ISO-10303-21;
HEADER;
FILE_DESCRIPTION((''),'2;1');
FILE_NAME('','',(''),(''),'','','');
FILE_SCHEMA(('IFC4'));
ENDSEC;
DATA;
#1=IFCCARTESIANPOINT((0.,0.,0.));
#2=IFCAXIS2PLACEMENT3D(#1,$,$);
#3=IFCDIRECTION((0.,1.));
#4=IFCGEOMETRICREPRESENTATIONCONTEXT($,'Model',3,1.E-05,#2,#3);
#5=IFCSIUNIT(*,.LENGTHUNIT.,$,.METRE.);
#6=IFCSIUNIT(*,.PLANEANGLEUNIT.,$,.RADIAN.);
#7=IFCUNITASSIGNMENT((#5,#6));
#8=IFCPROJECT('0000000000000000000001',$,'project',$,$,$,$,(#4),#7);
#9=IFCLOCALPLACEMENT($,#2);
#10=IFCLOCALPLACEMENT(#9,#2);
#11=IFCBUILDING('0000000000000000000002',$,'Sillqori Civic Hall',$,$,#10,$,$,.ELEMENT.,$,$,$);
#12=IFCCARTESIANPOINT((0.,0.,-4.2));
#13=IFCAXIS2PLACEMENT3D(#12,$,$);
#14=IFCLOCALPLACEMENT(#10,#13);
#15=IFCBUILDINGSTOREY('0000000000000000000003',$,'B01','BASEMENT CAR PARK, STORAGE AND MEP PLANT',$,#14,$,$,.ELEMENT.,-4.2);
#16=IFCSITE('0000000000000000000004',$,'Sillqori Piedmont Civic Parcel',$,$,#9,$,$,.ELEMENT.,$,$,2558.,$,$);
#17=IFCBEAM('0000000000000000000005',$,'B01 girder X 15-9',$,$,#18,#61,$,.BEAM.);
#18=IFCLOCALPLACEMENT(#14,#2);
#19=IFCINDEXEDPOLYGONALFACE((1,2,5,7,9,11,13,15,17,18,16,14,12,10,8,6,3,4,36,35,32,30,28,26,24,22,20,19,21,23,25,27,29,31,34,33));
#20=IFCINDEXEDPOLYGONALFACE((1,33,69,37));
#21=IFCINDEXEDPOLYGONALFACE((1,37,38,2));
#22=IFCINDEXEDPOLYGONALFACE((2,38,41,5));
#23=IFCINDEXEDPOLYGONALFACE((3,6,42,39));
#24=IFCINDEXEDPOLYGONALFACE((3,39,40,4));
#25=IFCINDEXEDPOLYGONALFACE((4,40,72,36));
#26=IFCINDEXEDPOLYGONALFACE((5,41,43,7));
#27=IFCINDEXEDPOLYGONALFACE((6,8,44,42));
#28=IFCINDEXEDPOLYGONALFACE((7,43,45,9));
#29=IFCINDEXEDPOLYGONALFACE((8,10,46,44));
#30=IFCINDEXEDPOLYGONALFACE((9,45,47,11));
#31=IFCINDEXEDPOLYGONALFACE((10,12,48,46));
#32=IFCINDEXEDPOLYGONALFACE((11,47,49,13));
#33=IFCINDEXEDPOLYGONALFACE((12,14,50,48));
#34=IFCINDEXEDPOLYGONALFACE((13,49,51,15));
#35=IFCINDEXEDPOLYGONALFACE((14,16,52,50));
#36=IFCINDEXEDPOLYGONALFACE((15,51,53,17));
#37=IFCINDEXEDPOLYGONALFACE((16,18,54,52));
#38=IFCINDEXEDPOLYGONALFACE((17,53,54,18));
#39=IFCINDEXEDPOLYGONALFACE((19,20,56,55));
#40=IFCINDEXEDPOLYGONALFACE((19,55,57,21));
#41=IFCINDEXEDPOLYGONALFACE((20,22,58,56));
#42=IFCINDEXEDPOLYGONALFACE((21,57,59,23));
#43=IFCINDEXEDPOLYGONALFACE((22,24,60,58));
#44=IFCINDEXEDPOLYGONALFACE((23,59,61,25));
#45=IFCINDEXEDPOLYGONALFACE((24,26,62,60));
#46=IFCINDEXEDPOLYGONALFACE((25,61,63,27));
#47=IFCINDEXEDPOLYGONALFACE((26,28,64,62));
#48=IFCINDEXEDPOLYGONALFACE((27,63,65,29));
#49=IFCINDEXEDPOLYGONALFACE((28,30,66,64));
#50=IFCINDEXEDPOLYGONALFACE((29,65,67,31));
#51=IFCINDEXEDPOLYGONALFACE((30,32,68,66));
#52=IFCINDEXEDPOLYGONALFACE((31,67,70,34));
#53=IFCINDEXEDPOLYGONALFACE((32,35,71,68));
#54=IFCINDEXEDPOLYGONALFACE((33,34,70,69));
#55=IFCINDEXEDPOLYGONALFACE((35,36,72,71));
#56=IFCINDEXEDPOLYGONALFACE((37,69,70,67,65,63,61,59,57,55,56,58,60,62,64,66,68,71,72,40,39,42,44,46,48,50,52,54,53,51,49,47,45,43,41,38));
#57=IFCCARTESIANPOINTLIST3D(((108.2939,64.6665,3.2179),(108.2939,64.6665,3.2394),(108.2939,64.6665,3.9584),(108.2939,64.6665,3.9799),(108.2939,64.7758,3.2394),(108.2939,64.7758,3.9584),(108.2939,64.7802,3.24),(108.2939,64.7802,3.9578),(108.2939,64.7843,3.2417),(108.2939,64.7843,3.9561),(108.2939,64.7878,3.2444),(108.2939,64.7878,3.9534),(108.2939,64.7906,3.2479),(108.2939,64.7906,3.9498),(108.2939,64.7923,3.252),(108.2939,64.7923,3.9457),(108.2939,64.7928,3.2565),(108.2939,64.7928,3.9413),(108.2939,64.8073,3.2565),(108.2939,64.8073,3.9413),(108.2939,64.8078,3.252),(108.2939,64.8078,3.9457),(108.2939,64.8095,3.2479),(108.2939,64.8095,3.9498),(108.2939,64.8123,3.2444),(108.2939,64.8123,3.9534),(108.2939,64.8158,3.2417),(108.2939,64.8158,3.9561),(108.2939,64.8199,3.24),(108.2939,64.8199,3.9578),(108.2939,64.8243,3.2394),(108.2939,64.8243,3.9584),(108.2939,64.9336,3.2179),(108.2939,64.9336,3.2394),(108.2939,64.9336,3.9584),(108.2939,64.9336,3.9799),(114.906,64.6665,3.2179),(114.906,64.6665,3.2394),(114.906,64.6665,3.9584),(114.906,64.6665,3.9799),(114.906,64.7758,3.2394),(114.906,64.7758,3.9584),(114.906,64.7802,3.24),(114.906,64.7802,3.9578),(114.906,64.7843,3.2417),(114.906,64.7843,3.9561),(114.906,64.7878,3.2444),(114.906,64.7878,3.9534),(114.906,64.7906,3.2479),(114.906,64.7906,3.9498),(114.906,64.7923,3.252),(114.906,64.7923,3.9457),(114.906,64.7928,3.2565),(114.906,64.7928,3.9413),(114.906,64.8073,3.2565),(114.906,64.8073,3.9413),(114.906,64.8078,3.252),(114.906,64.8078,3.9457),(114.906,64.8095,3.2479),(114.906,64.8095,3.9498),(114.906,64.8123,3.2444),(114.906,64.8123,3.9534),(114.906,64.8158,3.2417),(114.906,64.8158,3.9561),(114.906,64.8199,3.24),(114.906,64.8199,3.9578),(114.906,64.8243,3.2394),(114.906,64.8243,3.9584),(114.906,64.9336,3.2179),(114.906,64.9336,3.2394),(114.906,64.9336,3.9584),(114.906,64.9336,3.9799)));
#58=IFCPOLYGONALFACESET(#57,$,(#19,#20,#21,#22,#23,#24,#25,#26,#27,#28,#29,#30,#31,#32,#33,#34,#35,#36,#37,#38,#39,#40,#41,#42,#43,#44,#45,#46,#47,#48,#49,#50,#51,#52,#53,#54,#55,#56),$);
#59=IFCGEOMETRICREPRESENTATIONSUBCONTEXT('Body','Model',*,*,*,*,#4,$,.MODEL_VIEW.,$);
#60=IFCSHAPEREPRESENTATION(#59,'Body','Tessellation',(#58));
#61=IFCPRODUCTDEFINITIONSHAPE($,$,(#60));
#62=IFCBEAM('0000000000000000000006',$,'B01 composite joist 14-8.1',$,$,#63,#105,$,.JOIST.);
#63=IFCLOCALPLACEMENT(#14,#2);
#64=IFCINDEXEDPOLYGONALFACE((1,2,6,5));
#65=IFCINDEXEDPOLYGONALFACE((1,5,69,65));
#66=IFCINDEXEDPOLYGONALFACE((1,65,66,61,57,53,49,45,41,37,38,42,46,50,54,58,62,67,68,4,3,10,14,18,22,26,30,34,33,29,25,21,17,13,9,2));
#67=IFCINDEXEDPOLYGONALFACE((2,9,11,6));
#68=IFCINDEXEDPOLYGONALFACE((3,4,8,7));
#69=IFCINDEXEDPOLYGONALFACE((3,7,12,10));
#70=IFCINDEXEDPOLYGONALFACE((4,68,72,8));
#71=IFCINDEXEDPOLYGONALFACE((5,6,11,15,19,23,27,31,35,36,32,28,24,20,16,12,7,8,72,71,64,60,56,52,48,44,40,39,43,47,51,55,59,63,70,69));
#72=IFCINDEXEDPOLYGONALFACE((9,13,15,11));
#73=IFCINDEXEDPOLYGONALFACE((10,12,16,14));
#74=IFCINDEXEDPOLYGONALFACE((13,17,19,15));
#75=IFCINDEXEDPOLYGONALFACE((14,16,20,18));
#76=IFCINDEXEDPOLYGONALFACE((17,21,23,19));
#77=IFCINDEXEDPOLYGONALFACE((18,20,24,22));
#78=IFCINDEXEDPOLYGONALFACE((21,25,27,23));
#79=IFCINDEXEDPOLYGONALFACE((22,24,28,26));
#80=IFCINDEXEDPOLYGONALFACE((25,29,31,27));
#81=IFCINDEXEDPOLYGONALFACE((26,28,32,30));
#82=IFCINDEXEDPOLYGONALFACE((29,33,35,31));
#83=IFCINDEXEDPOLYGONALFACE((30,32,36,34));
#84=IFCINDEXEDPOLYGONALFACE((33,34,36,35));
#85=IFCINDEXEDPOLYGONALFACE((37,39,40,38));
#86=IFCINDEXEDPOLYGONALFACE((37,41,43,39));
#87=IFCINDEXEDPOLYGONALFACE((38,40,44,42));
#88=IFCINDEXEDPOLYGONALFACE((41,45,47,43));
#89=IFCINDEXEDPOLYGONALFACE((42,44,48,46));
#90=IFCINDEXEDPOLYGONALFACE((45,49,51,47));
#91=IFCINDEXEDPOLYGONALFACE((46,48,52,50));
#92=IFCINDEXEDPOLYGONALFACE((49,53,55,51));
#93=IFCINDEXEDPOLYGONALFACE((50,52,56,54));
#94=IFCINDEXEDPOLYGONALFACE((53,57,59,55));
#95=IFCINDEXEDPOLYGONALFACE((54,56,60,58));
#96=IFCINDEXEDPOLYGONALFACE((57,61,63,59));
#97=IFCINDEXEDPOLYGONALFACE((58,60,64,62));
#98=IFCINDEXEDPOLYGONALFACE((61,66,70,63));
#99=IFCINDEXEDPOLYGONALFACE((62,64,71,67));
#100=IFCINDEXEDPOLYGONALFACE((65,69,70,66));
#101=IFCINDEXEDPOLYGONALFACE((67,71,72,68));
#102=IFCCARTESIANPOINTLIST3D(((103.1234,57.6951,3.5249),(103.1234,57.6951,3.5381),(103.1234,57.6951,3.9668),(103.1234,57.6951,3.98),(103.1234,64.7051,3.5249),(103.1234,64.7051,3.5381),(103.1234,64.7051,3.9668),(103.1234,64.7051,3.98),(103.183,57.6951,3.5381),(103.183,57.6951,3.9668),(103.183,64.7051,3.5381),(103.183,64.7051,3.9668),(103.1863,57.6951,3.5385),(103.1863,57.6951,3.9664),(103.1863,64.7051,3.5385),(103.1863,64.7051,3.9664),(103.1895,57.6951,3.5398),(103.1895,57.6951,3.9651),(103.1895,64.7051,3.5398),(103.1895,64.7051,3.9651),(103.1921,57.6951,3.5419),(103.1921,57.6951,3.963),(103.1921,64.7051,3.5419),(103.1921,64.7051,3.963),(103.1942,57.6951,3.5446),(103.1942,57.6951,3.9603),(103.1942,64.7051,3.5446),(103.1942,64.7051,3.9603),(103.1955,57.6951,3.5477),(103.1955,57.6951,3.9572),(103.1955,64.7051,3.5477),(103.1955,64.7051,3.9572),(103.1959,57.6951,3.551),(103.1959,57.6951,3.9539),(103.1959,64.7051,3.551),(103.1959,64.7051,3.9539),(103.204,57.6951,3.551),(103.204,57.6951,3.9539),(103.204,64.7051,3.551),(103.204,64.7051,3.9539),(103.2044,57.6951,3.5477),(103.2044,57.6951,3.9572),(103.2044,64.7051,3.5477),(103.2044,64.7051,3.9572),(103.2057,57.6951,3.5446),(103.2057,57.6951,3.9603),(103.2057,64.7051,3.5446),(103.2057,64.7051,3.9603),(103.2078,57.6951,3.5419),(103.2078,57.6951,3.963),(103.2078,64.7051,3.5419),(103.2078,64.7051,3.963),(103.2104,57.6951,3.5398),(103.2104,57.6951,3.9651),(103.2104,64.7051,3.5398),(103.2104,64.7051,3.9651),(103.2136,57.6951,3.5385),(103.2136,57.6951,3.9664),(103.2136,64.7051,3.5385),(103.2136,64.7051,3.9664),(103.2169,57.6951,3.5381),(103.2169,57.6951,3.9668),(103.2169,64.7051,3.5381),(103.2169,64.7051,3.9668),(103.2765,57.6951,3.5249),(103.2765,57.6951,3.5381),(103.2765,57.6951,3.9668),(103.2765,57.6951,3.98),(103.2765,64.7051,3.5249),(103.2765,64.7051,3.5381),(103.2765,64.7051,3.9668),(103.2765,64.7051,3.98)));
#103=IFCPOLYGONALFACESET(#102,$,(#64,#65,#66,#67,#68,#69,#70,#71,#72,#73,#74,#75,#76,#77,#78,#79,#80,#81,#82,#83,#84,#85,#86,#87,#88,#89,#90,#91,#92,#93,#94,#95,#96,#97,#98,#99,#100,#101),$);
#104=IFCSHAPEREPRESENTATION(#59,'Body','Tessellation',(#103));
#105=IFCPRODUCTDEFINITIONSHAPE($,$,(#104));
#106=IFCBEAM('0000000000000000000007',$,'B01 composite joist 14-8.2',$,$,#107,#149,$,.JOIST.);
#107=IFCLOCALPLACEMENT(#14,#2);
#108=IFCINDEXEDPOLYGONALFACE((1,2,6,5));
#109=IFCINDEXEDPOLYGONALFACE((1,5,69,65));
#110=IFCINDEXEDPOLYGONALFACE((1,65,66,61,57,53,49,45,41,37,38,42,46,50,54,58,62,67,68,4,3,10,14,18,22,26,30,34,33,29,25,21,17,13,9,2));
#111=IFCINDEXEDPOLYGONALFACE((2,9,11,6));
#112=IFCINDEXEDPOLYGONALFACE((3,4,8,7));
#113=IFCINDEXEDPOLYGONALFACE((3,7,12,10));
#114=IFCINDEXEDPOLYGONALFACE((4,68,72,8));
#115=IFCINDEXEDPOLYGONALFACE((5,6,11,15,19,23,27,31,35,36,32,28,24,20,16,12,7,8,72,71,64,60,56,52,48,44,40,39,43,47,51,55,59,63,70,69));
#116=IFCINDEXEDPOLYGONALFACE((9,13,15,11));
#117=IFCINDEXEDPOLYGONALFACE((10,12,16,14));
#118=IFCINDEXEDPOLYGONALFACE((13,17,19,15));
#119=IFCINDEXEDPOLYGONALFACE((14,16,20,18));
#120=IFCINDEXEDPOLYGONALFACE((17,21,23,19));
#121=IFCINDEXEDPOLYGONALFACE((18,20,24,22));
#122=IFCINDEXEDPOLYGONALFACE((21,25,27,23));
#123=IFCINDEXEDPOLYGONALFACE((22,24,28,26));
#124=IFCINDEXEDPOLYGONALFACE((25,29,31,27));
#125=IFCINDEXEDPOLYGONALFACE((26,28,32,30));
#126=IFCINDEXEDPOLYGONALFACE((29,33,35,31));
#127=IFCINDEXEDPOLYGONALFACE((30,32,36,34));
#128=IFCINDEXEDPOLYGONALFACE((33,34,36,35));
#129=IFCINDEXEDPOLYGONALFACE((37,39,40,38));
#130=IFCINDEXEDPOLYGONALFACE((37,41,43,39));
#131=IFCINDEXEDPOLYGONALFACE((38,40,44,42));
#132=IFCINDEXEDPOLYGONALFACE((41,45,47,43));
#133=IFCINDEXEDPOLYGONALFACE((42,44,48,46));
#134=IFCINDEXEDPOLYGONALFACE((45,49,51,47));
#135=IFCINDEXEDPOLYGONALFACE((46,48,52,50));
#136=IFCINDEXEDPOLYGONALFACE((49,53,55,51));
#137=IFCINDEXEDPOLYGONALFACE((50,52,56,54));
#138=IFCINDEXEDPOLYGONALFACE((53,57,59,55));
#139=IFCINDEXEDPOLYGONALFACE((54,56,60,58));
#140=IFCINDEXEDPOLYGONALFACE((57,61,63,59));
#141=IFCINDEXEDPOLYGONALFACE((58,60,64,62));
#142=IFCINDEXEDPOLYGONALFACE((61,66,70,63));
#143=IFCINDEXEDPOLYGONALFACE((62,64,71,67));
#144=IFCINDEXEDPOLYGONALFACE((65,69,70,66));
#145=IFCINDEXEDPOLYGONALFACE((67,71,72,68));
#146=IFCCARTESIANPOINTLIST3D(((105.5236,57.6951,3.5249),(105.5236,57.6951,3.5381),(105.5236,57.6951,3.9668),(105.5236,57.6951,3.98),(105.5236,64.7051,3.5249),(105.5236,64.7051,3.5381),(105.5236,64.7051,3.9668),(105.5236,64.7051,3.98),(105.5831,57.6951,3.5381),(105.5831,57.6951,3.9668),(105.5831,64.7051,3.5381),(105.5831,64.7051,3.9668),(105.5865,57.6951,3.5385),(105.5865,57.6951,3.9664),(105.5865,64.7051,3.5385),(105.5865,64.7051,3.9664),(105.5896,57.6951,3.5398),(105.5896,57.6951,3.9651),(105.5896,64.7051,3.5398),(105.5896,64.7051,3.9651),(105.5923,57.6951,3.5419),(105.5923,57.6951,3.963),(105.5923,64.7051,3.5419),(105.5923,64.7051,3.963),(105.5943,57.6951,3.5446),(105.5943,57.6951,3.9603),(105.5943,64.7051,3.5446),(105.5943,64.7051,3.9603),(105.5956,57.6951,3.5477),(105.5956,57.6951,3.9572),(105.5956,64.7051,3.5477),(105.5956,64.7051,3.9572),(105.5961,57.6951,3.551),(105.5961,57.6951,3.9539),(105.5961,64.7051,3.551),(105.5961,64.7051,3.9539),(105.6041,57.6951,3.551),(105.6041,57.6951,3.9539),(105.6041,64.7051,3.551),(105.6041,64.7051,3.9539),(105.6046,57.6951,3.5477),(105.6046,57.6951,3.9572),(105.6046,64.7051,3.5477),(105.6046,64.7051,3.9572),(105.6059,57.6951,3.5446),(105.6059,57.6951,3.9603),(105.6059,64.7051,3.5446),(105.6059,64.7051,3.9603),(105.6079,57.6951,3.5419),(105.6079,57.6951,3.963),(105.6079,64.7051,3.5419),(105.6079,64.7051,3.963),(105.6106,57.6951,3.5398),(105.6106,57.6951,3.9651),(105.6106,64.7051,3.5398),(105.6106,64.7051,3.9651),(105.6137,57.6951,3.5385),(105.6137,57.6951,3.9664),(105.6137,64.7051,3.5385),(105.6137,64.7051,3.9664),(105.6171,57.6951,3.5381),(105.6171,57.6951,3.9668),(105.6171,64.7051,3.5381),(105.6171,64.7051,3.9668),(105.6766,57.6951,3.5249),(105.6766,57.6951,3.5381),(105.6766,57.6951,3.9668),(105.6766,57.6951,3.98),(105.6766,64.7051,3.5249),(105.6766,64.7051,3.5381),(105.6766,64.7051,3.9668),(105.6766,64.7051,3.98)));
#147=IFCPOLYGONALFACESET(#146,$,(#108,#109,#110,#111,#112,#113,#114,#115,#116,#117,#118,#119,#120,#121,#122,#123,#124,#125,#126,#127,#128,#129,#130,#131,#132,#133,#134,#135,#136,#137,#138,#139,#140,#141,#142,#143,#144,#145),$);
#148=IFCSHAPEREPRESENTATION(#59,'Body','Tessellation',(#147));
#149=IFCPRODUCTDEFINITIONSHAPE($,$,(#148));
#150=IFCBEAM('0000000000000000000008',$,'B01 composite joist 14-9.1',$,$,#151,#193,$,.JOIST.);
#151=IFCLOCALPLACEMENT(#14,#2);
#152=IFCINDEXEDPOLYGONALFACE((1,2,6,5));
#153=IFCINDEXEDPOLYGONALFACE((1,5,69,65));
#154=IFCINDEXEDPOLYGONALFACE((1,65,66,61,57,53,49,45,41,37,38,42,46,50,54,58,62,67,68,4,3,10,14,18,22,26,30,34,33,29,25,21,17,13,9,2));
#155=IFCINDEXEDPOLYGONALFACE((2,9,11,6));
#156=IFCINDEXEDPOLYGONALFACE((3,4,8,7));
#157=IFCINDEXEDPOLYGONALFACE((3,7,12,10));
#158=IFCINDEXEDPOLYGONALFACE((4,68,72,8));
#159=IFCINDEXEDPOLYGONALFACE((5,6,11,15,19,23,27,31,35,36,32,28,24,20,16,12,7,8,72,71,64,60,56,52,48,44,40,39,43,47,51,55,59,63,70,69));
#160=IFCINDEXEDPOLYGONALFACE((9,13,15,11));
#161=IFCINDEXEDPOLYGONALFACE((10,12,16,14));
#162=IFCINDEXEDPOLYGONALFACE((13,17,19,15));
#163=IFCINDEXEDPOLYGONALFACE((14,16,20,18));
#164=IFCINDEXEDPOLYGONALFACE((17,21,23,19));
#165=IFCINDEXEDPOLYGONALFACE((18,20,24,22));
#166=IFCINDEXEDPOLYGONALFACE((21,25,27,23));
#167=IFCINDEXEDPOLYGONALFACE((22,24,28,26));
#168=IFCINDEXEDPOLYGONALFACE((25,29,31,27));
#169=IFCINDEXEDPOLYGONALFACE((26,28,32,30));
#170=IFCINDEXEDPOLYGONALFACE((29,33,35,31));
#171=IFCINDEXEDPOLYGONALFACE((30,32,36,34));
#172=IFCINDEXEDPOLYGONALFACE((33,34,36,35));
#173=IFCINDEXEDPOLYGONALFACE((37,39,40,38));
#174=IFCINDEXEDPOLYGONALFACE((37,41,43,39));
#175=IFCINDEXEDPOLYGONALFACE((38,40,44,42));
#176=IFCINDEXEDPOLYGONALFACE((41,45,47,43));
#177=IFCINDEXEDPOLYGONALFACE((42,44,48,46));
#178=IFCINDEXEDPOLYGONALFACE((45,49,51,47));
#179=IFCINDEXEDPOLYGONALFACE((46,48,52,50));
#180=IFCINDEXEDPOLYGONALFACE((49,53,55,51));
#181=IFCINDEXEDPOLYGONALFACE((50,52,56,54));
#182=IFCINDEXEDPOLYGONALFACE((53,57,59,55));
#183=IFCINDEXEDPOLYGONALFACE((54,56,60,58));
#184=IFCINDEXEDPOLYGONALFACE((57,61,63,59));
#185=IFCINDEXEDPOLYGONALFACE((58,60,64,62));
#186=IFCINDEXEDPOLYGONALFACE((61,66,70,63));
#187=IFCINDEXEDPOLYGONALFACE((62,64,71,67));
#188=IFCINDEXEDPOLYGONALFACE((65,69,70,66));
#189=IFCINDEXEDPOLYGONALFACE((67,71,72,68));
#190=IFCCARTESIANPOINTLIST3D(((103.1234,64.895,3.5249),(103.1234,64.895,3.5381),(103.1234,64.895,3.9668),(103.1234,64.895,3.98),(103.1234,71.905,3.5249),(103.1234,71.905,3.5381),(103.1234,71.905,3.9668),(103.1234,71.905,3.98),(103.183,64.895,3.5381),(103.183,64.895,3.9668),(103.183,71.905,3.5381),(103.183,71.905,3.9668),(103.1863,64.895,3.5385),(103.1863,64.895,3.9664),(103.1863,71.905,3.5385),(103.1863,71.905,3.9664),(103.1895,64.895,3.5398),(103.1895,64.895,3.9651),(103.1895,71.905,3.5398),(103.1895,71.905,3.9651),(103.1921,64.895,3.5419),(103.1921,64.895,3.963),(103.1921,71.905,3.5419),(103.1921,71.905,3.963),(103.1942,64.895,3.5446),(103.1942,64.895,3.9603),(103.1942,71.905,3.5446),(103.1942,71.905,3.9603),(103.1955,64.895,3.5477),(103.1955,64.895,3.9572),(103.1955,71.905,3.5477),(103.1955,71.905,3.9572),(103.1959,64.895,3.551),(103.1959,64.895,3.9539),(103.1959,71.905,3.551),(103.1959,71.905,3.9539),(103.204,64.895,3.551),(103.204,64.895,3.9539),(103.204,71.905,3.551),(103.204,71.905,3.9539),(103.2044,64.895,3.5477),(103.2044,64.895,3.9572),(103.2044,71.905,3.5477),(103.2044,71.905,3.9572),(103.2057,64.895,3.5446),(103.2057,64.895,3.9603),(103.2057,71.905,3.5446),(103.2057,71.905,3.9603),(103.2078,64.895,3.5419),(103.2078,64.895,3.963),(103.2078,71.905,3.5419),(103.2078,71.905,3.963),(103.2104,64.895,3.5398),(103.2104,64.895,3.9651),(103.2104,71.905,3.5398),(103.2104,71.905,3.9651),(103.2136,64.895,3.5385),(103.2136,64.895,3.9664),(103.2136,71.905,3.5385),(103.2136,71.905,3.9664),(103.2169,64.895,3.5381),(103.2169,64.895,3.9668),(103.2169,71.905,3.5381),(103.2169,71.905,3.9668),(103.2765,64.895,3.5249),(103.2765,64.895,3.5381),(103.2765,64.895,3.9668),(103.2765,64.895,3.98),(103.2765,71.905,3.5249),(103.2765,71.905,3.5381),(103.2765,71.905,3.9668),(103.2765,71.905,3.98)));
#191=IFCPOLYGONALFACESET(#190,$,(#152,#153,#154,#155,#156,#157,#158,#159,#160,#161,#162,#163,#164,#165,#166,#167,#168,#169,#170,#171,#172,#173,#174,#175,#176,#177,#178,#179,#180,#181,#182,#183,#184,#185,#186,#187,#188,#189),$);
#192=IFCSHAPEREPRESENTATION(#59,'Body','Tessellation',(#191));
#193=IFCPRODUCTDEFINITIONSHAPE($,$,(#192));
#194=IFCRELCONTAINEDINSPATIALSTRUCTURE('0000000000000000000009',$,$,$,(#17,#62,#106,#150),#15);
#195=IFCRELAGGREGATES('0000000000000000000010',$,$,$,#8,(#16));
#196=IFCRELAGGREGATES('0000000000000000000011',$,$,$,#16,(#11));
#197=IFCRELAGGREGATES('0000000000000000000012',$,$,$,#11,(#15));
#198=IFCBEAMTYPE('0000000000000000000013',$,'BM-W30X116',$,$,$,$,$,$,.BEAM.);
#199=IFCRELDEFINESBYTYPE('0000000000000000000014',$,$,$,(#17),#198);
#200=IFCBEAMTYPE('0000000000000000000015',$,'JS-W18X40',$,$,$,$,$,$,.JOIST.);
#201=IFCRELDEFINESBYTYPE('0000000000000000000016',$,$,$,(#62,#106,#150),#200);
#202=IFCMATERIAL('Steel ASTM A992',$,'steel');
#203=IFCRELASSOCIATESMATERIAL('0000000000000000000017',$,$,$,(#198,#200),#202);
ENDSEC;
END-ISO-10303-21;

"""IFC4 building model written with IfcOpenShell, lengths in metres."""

from ifc_helpers import new_model, si_unit, direction, frame, origin, origin_2d, place, context, subcontext, project, spatial, i_section, extrude, material, material_profile, profile_set, type_object, element, save


model = new_model("IFC4")

# Units and contexts
model_context = context("Model", 3, precision=1e-05, world=origin(), true_north=direction((0.0, 1.0)))
body_context = subcontext(model_context, "Body", "Model", "MODEL_VIEW")
ifc_project = project(units=[si_unit("LENGTHUNIT", "METRE"), si_unit("PLANEANGLEUNIT", "RADIAN")], contexts=[model_context])

# Site, building, storey
site_placement = place(None, origin())
site = spatial("IfcSite", under=ifc_project, at=site_placement, Name="Sillqori Piedmont Civic Parcel", CompositionType="ELEMENT", RefElevation=2558.0)
building_placement = place(site_placement, origin())
building = spatial("IfcBuilding", under=site, at=building_placement, Name="Sillqori Civic Hall", CompositionType="ELEMENT")
storey_placement = place(building_placement, frame((0.0, 0.0, -4.2)))
storey = spatial("IfcBuildingStorey", under=building, at=storey_placement, Name="B01", Description="BASEMENT CAR PARK, STORAGE AND MEP PLANT", CompositionType="ELEMENT", Elevation=-4.2)

# Beams
ifc_material_1 = material(Name="Steel ASTM A992", Category="steel")
ifc_material_profile_1 = material_profile(ifc_material_1, i_section(OverallWidth=0.2671, OverallDepth=0.762, WebThickness=0.0144, FlangeThickness=0.0215, FilletRadius=0.0171, at=origin_2d()), Name="W30X116")
ifc_profile_set_1 = profile_set([ifc_material_profile_1], Name="Steel ASTM A992")
beam_type_1 = type_object("IfcBeamType", Name="BM-W30X116", PredefinedType="BEAM", material=ifc_profile_set_1)
for number, where, z_axis, x_axis, name in (
    (1, (108.2939, 64.8, 3.5989), (1.0, 0.0, 0.0), (0.0, 1.0, 0.0), "B01 girder X 15-9"),
):
    element("IfcBeam", number, at=place(storey_placement, frame(where, z_axis=z_axis, x_axis=x_axis)), inside=storey, type_object=beam_type_1, Name=name, PredefinedType="BEAM", context=body_context, shape_type="SweptSolid", body=[
        extrude(i_section(OverallWidth=0.2671, OverallDepth=0.762, WebThickness=0.0144, FlangeThickness=0.0215, FilletRadius=0.0171, at=origin_2d()), origin(), (0.0, 0.0, 1.0), 6.6121),
    ])
ifc_material_profile_2 = material_profile(ifc_material_1, i_section(OverallWidth=0.1531, OverallDepth=0.4551, WebThickness=0.0081, FlangeThickness=0.0132, FilletRadius=0.0129, at=origin_2d()), Name="W18X40")
ifc_profile_set_2 = profile_set([ifc_material_profile_2], Name="Steel ASTM A992")
beam_type_2 = type_object("IfcBeamType", Name="JS-W18X40", PredefinedType="JOIST", material=ifc_profile_set_2)
for number, where, z_axis, x_axis, name in (
    (2, (103.2, 57.6951, 3.7524), (0.0, 1.0, 0.0), (-1.0, 0.0, 0.0), "B01 composite joist 14-8.1"),
    (3, (105.6001, 57.6951, 3.7524), (0.0, 1.0, 0.0), (-1.0, 0.0, 0.0), "B01 composite joist 14-8.2"),
    (4, (103.2, 64.895, 3.7524), (0.0, 1.0, 0.0), (-1.0, 0.0, 0.0), "B01 composite joist 14-9.1"),
):
    element("IfcBeam", number, at=place(storey_placement, frame(where, z_axis=z_axis, x_axis=x_axis)), inside=storey, type_object=beam_type_2, Name=name, PredefinedType="JOIST", context=body_context, shape_type="SweptSolid", body=[
        extrude(i_section(OverallWidth=0.1531, OverallDepth=0.4551, WebThickness=0.0081, FlangeThickness=0.0132, FilletRadius=0.0129, at=origin_2d()), origin(), (0.0, 0.0, 1.0), 7.01),
    ])

save(model, "model.ifc")
